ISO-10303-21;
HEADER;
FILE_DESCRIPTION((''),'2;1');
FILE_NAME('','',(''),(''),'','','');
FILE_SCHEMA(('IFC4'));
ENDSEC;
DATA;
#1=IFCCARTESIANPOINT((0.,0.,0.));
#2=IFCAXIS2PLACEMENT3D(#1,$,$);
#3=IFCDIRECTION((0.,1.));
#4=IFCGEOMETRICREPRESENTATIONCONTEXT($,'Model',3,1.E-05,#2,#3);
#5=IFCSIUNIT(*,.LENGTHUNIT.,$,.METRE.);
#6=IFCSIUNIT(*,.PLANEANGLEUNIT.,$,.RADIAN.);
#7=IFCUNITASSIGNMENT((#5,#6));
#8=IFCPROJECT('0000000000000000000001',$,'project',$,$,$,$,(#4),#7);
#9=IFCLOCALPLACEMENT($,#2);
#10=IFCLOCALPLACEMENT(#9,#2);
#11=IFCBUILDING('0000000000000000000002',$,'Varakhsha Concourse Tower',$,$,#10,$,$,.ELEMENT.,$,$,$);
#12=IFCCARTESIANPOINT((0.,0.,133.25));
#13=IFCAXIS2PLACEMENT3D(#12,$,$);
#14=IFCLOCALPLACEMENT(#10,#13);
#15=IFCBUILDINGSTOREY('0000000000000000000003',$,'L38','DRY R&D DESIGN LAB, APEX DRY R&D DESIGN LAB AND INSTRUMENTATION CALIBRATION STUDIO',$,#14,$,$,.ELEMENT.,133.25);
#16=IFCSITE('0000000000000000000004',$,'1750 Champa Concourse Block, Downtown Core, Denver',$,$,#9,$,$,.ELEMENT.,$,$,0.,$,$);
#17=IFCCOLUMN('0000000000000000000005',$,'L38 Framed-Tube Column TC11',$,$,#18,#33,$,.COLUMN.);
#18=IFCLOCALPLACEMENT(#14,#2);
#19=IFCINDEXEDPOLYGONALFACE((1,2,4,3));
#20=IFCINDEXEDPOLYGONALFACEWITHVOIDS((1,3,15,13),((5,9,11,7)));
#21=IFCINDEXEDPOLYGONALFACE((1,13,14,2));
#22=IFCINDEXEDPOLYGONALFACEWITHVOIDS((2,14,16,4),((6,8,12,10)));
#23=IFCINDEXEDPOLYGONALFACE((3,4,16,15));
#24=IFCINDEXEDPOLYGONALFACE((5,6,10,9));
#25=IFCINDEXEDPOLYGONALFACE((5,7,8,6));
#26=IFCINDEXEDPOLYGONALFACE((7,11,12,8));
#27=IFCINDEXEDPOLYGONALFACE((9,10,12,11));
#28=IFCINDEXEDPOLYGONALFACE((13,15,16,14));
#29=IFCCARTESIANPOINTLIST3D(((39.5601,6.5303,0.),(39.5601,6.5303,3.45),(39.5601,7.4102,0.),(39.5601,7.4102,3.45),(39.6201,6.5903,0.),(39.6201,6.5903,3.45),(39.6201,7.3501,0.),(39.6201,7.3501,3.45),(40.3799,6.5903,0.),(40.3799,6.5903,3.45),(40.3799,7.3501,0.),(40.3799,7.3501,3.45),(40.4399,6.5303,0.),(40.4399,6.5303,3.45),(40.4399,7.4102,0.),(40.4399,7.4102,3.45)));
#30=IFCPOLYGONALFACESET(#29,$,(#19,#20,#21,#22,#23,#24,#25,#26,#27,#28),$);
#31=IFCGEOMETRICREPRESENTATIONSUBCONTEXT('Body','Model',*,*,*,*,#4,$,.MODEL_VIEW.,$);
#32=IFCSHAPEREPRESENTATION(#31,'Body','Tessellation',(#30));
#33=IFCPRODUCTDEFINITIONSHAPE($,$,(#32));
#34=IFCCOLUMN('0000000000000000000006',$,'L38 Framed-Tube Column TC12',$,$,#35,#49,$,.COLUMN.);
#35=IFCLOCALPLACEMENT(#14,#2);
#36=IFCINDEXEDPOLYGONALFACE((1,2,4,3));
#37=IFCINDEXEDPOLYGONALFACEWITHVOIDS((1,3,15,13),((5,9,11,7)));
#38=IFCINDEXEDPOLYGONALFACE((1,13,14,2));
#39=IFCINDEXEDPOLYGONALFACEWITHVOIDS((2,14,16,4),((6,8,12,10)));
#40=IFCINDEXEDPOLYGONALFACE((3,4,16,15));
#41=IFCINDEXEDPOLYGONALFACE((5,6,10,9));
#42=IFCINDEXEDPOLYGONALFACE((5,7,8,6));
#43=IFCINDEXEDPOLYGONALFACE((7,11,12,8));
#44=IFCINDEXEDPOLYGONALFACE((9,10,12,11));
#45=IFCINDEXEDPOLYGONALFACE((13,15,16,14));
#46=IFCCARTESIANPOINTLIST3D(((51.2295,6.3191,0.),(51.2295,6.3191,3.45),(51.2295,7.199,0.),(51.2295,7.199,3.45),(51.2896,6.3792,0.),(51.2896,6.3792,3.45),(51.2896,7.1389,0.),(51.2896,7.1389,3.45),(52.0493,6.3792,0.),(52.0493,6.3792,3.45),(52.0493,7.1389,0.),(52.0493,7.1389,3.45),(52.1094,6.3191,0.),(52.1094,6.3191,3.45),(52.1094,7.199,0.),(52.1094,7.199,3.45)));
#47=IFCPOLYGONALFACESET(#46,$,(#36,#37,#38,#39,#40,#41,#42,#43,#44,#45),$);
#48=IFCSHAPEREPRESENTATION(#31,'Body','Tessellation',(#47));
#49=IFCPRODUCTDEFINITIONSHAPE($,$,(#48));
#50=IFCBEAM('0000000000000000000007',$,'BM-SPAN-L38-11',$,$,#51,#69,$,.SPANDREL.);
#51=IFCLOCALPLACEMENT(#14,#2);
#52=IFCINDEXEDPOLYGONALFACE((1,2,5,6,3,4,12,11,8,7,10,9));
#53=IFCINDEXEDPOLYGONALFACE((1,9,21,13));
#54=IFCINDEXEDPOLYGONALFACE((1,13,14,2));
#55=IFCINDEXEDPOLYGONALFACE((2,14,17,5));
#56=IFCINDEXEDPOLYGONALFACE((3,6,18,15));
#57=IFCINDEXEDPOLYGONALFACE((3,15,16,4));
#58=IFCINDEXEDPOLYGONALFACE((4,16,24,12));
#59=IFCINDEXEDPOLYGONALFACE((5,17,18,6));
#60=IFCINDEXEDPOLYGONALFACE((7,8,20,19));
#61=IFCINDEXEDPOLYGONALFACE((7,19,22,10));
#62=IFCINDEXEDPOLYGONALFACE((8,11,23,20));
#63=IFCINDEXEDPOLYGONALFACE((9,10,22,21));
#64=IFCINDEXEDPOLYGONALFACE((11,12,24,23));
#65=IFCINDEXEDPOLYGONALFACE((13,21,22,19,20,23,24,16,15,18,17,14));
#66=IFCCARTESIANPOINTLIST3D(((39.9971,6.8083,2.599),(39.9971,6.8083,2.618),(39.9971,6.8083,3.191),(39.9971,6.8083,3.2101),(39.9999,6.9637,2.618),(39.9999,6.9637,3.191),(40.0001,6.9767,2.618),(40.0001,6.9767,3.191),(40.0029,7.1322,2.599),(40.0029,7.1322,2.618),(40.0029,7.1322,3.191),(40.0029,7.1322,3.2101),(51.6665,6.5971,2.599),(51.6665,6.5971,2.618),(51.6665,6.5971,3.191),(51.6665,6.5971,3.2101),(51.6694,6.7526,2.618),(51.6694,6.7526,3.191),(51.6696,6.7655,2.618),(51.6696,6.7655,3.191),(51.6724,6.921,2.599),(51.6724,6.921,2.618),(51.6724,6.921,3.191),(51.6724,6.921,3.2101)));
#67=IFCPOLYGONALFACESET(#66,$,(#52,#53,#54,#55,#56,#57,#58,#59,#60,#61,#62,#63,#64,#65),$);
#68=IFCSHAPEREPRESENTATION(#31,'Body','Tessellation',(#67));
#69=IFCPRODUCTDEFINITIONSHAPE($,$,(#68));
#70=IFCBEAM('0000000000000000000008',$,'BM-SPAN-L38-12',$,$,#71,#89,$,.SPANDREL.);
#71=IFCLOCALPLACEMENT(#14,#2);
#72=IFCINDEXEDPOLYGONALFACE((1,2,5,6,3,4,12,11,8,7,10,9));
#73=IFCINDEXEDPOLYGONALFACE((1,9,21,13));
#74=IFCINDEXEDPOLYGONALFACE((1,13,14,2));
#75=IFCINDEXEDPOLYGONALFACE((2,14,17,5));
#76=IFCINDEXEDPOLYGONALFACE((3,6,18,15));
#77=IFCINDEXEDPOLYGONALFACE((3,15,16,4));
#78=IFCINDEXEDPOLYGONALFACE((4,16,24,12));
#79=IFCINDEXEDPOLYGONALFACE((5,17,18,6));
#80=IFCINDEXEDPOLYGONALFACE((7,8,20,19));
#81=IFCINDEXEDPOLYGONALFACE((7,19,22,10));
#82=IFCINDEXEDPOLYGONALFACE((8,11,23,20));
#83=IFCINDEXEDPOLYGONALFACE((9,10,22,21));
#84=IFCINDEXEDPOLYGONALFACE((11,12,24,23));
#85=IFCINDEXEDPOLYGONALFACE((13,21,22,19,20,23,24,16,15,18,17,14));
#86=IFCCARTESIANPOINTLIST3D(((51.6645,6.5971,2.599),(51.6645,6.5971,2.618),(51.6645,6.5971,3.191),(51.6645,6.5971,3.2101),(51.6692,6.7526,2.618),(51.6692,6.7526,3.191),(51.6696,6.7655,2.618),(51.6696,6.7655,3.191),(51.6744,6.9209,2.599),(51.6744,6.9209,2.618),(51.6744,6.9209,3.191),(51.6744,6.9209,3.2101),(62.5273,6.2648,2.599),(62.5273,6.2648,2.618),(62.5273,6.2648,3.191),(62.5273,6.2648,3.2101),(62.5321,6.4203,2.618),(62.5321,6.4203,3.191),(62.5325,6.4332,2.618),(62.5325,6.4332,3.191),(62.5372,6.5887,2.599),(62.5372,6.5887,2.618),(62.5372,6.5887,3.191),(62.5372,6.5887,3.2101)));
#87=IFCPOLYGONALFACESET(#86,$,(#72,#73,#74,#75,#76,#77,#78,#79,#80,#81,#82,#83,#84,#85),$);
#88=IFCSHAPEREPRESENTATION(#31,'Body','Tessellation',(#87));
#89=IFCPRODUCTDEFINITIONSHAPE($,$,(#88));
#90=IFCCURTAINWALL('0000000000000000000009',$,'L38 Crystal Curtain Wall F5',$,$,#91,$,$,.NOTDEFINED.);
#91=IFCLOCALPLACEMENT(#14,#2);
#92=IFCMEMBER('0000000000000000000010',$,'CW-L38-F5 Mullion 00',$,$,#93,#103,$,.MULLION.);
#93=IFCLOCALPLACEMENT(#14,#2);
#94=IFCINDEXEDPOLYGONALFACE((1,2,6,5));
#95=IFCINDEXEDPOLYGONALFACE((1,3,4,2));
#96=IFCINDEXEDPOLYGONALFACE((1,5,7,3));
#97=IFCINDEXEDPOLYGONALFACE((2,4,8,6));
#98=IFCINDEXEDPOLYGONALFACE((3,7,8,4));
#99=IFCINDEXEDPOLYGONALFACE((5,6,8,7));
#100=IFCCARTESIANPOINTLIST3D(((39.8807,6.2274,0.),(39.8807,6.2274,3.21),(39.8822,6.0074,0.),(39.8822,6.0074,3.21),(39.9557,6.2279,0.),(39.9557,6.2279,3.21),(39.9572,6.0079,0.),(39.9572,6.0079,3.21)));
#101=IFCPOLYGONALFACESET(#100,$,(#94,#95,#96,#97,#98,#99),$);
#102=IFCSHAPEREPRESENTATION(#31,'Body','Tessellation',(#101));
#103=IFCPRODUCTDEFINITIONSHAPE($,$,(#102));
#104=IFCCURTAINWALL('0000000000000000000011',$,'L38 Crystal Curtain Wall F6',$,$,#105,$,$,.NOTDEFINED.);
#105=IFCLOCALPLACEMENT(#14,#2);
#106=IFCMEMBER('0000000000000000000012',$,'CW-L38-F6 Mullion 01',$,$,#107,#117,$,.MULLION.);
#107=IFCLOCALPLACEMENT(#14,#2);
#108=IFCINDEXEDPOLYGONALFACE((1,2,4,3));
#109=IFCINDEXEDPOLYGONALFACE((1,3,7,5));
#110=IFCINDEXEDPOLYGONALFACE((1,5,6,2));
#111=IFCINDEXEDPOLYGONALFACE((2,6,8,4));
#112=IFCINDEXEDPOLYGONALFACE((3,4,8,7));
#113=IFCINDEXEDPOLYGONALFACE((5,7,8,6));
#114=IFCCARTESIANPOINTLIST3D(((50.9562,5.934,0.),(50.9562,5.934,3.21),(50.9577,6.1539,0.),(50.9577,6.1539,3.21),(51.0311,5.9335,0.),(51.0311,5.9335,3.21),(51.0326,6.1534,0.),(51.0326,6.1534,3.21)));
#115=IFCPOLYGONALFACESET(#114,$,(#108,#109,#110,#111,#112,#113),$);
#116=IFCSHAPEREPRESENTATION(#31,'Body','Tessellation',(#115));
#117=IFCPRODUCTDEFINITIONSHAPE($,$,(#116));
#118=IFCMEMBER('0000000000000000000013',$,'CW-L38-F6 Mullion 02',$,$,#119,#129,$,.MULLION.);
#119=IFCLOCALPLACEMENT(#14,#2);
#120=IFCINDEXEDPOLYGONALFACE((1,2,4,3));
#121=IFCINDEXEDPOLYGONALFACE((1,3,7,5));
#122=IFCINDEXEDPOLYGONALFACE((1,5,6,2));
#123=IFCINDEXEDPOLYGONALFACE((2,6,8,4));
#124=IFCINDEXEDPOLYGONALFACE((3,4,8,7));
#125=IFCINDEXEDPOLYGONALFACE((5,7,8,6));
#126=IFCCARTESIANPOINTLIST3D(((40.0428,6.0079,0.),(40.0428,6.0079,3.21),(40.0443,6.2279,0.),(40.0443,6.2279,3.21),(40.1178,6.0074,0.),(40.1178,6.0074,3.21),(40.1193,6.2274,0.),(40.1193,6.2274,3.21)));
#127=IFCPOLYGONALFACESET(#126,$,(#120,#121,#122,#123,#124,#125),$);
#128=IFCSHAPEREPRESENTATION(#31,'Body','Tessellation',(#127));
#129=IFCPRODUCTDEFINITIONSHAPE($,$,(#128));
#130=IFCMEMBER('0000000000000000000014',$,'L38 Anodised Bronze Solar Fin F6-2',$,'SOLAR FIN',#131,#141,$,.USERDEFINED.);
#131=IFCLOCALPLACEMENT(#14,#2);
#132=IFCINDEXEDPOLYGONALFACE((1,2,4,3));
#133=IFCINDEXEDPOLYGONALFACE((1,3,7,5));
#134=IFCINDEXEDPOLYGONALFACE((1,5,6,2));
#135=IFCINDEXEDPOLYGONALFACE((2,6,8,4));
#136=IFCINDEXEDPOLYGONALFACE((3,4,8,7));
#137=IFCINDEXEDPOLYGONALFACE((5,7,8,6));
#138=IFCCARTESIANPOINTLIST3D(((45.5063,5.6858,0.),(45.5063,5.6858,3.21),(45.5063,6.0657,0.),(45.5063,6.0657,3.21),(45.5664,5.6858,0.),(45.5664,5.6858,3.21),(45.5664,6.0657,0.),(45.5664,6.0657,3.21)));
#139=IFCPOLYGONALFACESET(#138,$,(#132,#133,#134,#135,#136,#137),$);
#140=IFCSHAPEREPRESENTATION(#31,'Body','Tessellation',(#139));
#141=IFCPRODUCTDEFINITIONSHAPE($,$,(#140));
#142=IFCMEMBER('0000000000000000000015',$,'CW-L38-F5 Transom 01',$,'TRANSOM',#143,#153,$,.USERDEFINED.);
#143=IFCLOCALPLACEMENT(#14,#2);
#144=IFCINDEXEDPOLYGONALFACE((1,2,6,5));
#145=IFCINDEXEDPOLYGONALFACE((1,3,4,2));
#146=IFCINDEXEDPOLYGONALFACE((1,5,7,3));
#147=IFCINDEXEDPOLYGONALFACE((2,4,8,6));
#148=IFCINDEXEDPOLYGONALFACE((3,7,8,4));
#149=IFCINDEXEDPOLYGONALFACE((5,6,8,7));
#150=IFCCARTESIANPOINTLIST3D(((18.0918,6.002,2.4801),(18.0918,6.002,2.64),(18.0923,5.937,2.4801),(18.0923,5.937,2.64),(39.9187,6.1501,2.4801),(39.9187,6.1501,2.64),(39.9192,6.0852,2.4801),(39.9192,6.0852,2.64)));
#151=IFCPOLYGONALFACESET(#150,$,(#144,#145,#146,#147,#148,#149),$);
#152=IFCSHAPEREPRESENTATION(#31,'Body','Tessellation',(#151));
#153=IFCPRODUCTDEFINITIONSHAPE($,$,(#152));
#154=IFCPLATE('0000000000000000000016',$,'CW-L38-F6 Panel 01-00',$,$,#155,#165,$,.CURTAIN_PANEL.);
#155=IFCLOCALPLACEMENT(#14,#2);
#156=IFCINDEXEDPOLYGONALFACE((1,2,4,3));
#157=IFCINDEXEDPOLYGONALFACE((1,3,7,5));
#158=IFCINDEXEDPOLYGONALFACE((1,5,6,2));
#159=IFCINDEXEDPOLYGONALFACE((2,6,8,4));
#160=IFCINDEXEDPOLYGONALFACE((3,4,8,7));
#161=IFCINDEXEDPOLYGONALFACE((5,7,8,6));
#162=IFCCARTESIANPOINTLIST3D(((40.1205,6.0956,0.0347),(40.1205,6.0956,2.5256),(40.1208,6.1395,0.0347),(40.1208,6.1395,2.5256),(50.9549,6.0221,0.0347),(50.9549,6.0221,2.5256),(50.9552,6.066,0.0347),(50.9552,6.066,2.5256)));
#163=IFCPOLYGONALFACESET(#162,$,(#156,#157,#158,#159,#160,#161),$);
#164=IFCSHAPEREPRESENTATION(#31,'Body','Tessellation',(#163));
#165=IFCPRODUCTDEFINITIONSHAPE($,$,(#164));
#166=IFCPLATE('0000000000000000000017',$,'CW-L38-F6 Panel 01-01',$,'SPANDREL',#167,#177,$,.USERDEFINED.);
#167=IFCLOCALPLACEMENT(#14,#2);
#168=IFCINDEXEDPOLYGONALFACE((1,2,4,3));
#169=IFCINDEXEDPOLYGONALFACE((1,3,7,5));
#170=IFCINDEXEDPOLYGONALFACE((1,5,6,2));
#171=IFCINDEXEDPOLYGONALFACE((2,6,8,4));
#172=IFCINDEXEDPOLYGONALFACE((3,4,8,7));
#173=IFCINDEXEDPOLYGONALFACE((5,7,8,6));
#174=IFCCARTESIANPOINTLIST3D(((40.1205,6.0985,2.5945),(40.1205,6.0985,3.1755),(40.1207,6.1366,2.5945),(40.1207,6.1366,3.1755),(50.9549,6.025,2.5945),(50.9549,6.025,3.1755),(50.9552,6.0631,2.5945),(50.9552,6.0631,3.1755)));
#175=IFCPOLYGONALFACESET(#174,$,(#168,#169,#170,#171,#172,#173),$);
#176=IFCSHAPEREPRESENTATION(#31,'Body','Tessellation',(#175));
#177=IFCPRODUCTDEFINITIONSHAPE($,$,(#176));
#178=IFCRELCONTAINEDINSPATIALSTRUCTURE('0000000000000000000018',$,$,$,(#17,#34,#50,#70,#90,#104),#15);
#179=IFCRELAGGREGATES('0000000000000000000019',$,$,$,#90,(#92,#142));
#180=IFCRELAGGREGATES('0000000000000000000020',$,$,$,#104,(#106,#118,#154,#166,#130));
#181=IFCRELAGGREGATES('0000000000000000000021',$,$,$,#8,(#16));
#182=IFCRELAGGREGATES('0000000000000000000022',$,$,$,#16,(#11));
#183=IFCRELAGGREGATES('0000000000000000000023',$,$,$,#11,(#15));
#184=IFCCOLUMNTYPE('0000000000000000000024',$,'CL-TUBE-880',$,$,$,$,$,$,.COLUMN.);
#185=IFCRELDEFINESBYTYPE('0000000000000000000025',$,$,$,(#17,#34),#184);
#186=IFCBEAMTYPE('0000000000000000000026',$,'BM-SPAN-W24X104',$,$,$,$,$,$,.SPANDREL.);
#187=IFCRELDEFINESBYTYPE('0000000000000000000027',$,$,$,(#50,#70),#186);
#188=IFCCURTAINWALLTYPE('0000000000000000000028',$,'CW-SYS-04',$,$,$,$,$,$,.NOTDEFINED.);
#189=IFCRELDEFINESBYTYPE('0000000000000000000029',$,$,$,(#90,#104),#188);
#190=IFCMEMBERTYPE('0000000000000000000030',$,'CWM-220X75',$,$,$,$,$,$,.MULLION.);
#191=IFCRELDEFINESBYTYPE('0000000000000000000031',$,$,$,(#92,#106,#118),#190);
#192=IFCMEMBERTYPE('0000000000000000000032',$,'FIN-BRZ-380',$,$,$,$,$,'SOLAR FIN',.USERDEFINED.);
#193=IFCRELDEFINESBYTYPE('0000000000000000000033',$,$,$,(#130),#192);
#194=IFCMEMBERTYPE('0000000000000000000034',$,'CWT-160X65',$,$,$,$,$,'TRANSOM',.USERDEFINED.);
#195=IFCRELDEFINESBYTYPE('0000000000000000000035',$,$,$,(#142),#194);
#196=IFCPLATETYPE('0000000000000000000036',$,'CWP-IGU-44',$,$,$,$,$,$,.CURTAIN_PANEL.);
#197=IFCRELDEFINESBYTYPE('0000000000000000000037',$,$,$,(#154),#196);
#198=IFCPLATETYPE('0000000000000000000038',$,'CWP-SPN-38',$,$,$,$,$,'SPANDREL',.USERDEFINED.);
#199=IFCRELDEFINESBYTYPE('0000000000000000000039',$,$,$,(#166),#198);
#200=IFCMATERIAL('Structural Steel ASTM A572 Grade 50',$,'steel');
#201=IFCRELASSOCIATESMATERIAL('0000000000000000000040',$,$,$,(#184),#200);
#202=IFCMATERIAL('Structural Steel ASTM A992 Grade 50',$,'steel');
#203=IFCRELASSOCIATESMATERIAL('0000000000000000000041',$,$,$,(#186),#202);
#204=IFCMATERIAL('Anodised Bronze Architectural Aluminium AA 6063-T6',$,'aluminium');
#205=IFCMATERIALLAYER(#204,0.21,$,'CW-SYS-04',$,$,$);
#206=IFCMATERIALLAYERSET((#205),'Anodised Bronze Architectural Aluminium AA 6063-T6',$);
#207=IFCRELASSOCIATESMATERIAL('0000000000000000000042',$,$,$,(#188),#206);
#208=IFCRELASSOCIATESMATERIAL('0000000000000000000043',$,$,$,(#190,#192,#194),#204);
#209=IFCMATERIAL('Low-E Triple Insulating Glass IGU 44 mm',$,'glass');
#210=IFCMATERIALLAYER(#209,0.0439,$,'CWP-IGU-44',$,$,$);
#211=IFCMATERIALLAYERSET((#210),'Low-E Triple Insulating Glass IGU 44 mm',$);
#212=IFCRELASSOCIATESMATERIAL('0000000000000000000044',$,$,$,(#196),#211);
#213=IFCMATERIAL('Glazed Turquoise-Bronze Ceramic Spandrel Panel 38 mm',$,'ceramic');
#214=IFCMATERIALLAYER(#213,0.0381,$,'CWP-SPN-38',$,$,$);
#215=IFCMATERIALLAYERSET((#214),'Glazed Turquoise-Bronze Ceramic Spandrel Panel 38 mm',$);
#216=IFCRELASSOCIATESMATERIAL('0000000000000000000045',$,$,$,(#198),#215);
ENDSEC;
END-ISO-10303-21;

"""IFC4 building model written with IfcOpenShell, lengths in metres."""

from ifc_helpers import new_model, si_unit, direction, frame, origin, origin_2d, place, context, subcontext, project, spatial, rectangle, hollow_rectangle, i_section, extrude, source, transform, mapped, material, layer, layer_set, material_profile, profile_set, type_object, type_shapes, element, aggregate, save


model = new_model("IFC4")

# Units and contexts
model_context = context("Model", 3, precision=1e-05, world=origin(), true_north=direction((0.0, 1.0)))
body_context = subcontext(model_context, "Body", "Model", "MODEL_VIEW")
ifc_project = project(units=[si_unit("LENGTHUNIT", "METRE"), si_unit("PLANEANGLEUNIT", "RADIAN")], contexts=[model_context])

# Site, building, storey
site_placement = place(None, origin())
site = spatial("IfcSite", under=ifc_project, at=site_placement, Name="1750 Champa Concourse Block, Downtown Core, Denver", CompositionType="ELEMENT", RefElevation=0.0)
building_placement = place(site_placement, origin())
building = spatial("IfcBuilding", under=site, at=building_placement, Name="Varakhsha Concourse Tower", CompositionType="ELEMENT")
storey_placement = place(building_placement, frame((0.0, 0.0, 133.25)))
storey = spatial("IfcBuildingStorey", under=building, at=storey_placement, Name="L38", Description="DRY R&D DESIGN LAB, APEX DRY R&D DESIGN LAB AND INSTRUMENTATION CALIBRATION STUDIO", CompositionType="ELEMENT", Elevation=133.25)

# Columns
ifc_material_1 = material(Name="Structural Steel ASTM A572 Grade 50", Category="steel")
ifc_material_profile_1 = material_profile(ifc_material_1, hollow_rectangle(XDim=0.8799, YDim=0.8799, WallThickness=0.0601, at=origin_2d()), Name="BOX 880x880x60")
ifc_profile_set_1 = profile_set([ifc_material_profile_1], Name="Structural Steel ASTM A572 Grade 50")
column_type = type_object("IfcColumnType", Name="CL-TUBE-880", PredefinedType="COLUMN", material=ifc_profile_set_1)
for number, where, z_axis, x_axis, name in (
    (1, (40.0, 6.9702, 0.0), (0.0, 0.0, 1.0), (1.0, 0.0, 0.0), "L38 Framed-Tube Column TC11"),
    (2, (51.6694, 6.759, 0.0), (0.0, 0.0, 1.0), (1.0, 0.0, 0.0), "L38 Framed-Tube Column TC12"),
):
    element("IfcColumn", number, at=place(storey_placement, frame(where, z_axis=z_axis, x_axis=x_axis)), inside=storey, type_object=column_type, Name=name, PredefinedType="COLUMN", context=body_context, shape_type="SweptSolid", body=[
        extrude(hollow_rectangle(XDim=0.8799, YDim=0.8799, WallThickness=0.0601, at=origin_2d()), origin(), (0.0, 0.0, 1.0), 3.45),
    ])

# Beams
ifc_material_2 = material(Name="Structural Steel ASTM A992 Grade 50", Category="steel")
ifc_material_profile_2 = material_profile(ifc_material_2, i_section(OverallWidth=0.324, OverallDepth=0.6111, WebThickness=0.0129, FlangeThickness=0.019, at=origin_2d()), Name="W24X104")
ifc_profile_set_2 = profile_set([ifc_material_profile_2], Name="Structural Steel ASTM A992 Grade 50")
beam_type = type_object("IfcBeamType", Name="BM-SPAN-W24X104", PredefinedType="SPANDREL", material=ifc_profile_set_2)
beam_1_placement = place(storey_placement, frame((40.0, 6.9702, 2.9045), z_axis=(0.999836, -0.018094, 0.0), x_axis=(0.018094, 0.999836, 0.0)))
element("IfcBeam", 3, at=beam_1_placement, inside=storey, type_object=beam_type, Name="BM-SPAN-L38-11", PredefinedType="SPANDREL", context=body_context, shape_type="SweptSolid", body=[
    extrude(i_section(OverallWidth=0.324, OverallDepth=0.6111, WebThickness=0.0129, FlangeThickness=0.019, at=origin_2d()), origin(), (0.0, 0.0, 1.0), 11.6714),
])
beam_2_placement = place(storey_placement, frame((51.6694, 6.759, 2.9045), z_axis=(0.999533, -0.030574, 0.0), x_axis=(0.030574, 0.999533, 0.0)))
element("IfcBeam", 4, at=beam_2_placement, inside=storey, type_object=beam_type, Name="BM-SPAN-L38-12", PredefinedType="SPANDREL", context=body_context, shape_type="SweptSolid", body=[
    extrude(i_section(OverallWidth=0.324, OverallDepth=0.6111, WebThickness=0.0129, FlangeThickness=0.019, at=origin_2d()), origin(), (0.0, 0.0, 1.0), 10.8679),
])

# Curtain wall, member
ifc_material_3 = material(Name="Anodised Bronze Architectural Aluminium AA 6063-T6", Category="aluminium")
ifc_layer_1 = layer(ifc_material_3, 0.21, Name="CW-SYS-04")
ifc_layer_set_1 = layer_set([ifc_layer_1], Name="Anodised Bronze Architectural Aluminium AA 6063-T6")
curtain_wall_type = type_object("IfcCurtainWallType", Name="CW-SYS-04", PredefinedType="NOTDEFINED", material=ifc_layer_set_1)
curtain_wall_1_placement = place(storey_placement, origin())
curtain_wall_1 = element("IfcCurtainWall", 5, at=curtain_wall_1_placement, inside=storey, type_object=curtain_wall_type, Name="L38 Crystal Curtain Wall F5", PredefinedType="NOTDEFINED")
ifc_material_profile_3 = material_profile(ifc_material_3, rectangle(XDim=0.075, YDim=0.22, at=origin_2d()), Name="CWM-220X75")
ifc_profile_set_3 = profile_set([ifc_material_profile_3], Name="Anodised Bronze Architectural Aluminium AA 6063-T6")
member_type_1 = type_object("IfcMemberType", Name="CWM-220X75", PredefinedType="MULLION", material=ifc_profile_set_3)
shared_shape_1 = source(origin(), body_context, "Body", "SweptSolid", [
    extrude(rectangle(XDim=0.075, YDim=0.22, at=origin_2d()), origin(), (0.0, 0.0, 1.0), 3.21),
])
type_shapes(member_type_1, [shared_shape_1])
member_1_placement = place(storey_placement, frame((39.9189, 6.1177, 0.0), z_axis=(0.0, 0.0, 1.0), x_axis=(-0.999977, -0.006786, 0.0)))
member_1 = element("IfcMember", 6, at=member_1_placement, type_object=member_type_1, Name="CW-L38-F5 Mullion 00", PredefinedType="MULLION", context=body_context, shape_type="MappedRepresentation", body=[
    mapped(shared_shape_1, transform((0.0, 0.0, 0.0), scale=1.0)),
])

# Curtain wall, members
curtain_wall_2_placement = place(storey_placement, origin())
curtain_wall_2 = element("IfcCurtainWall", 7, at=curtain_wall_2_placement, inside=storey, type_object=curtain_wall_type, Name="L38 Crystal Curtain Wall F6", PredefinedType="NOTDEFINED")
member_2_placement = place(storey_placement, frame((50.9944, 6.0437, 0.0), z_axis=(0.0, 0.0, 1.0), x_axis=(-0.999977, 0.006786, 0.0)))
member_2 = element("IfcMember", 8, at=member_2_placement, type_object=member_type_1, Name="CW-L38-F6 Mullion 01", PredefinedType="MULLION", context=body_context, shape_type="MappedRepresentation", body=[
    mapped(shared_shape_1, transform((0.0, 0.0, 0.0), scale=1.0)),
])
member_3_placement = place(storey_placement, frame((40.0811, 6.1177, 0.0), z_axis=(0.0, 0.0, 1.0), x_axis=(-0.999977, 0.006786, 0.0)))
member_3 = element("IfcMember", 9, at=member_3_placement, type_object=member_type_1, Name="CW-L38-F6 Mullion 02", PredefinedType="MULLION", context=body_context, shape_type="MappedRepresentation", body=[
    mapped(shared_shape_1, transform((0.0, 0.0, 0.0), scale=1.0)),
])
ifc_material_profile_4 = material_profile(ifc_material_3, rectangle(XDim=0.0601, YDim=0.3799, at=origin_2d()), Name="FIN-BRZ-380")
ifc_profile_set_4 = profile_set([ifc_material_profile_4], Name="Anodised Bronze Architectural Aluminium AA 6063-T6")
member_type_2 = type_object("IfcMemberType", Name="FIN-BRZ-380", ElementType="SOLAR FIN", PredefinedType="USERDEFINED", material=ifc_profile_set_4)
shared_shape_2 = source(origin(), body_context, "Body", "SweptSolid", [
    extrude(rectangle(XDim=0.0601, YDim=0.3799, at=origin_2d()), origin(), (0.0, 0.0, 1.0), 3.21),
])
type_shapes(member_type_2, [shared_shape_2])
member_4_placement = place(storey_placement, frame((45.5364, 5.8757, 0.0), z_axis=(0.0, 0.0, 1.0), x_axis=(1.0, 0.0, 0.0)))
member_4 = element("IfcMember", 10, at=member_4_placement, type_object=member_type_2, Name="L38 Anodised Bronze Solar Fin F6-2", ObjectType="SOLAR FIN", PredefinedType="USERDEFINED", context=body_context, shape_type="MappedRepresentation", body=[
    mapped(shared_shape_2, transform((0.0, 0.0, 0.0), scale=1.0)),
])

# Member
ifc_material_profile_5 = material_profile(ifc_material_3, rectangle(XDim=0.0649, YDim=0.1599, at=origin_2d()), Name="CWT-160X65")
ifc_profile_set_5 = profile_set([ifc_material_profile_5], Name="Anodised Bronze Architectural Aluminium AA 6063-T6")
member_type_3 = type_object("IfcMemberType", Name="CWT-160X65", ElementType="TRANSOM", PredefinedType="USERDEFINED", material=ifc_profile_set_5)
shared_shape_3 = source(origin(), body_context, "Body", "SweptSolid", [
    extrude(rectangle(XDim=0.0649, YDim=0.1599, at=origin_2d()), origin(), (0.0, 0.0, 1.0), 21.8274),
])
type_shapes(member_type_3, [shared_shape_3])
member_5_placement = place(storey_placement, frame((39.9189, 6.1177, 2.5601), z_axis=(-0.999977, -0.006789, 0.0), x_axis=(0.006789, -0.999977, 0.0)))
member_5 = element("IfcMember", 11, at=member_5_placement, type_object=member_type_3, Name="CW-L38-F5 Transom 01", ObjectType="TRANSOM", PredefinedType="USERDEFINED", context=body_context, shape_type="MappedRepresentation", body=[
    mapped(shared_shape_3, transform((0.0, 0.0, 0.0), scale=1.0)),
])
aggregate(curtain_wall_1, [member_1, member_5])

# Plates
ifc_material_4 = material(Name="Low-E Triple Insulating Glass IGU 44 mm", Category="glass")
ifc_layer_2 = layer(ifc_material_4, 0.0439, Name="CWP-IGU-44")
ifc_layer_set_2 = layer_set([ifc_layer_2], Name="Low-E Triple Insulating Glass IGU 44 mm")
plate_type_1 = type_object("IfcPlateType", Name="CWP-IGU-44", PredefinedType="CURTAIN_PANEL", material=ifc_layer_set_2)
shared_shape_4 = source(origin(), body_context, "Body", "SweptSolid", [
    extrude(rectangle(XDim=10.8347, YDim=0.0439, at=origin_2d()), origin(), (0.0, 0.0, 1.0), 2.491),
])
type_shapes(plate_type_1, [shared_shape_4])
plate_1_placement = place(storey_placement, frame((45.5378, 6.0808, 0.0347), z_axis=(0.0, 0.0, 1.0), x_axis=(-0.999977, 0.006786, 0.0)))
plate_1 = element("IfcPlate", 12, at=plate_1_placement, type_object=plate_type_1, Name="CW-L38-F6 Panel 01-00", PredefinedType="CURTAIN_PANEL", context=body_context, shape_type="MappedRepresentation", body=[
    mapped(shared_shape_4, transform((0.0, 0.0, 0.0), scale=1.0)),
])
ifc_material_5 = material(Name="Glazed Turquoise-Bronze Ceramic Spandrel Panel 38 mm", Category="ceramic")
ifc_layer_3 = layer(ifc_material_5, 0.0381, Name="CWP-SPN-38")
ifc_layer_set_3 = layer_set([ifc_layer_3], Name="Glazed Turquoise-Bronze Ceramic Spandrel Panel 38 mm")
plate_type_2 = type_object("IfcPlateType", Name="CWP-SPN-38", ElementType="SPANDREL", PredefinedType="USERDEFINED", material=ifc_layer_set_3)
shared_shape_5 = source(origin(), body_context, "Body", "SweptSolid", [
    extrude(rectangle(XDim=10.8347, YDim=0.0381, at=origin_2d()), origin(), (0.0, 0.0, 1.0), 0.5811),
])
type_shapes(plate_type_2, [shared_shape_5])
plate_2_placement = place(storey_placement, frame((45.5378, 6.0808, 2.5945), z_axis=(0.0, 0.0, 1.0), x_axis=(-0.999977, 0.006786, 0.0)))
plate_2 = element("IfcPlate", 13, at=plate_2_placement, type_object=plate_type_2, Name="CW-L38-F6 Panel 01-01", ObjectType="SPANDREL", PredefinedType="USERDEFINED", context=body_context, shape_type="MappedRepresentation", body=[
    mapped(shared_shape_5, transform((0.0, 0.0, 0.0), scale=1.0)),
])
aggregate(curtain_wall_2, [member_2, member_3, plate_1, plate_2, member_4])

save(model, "model.ifc")
